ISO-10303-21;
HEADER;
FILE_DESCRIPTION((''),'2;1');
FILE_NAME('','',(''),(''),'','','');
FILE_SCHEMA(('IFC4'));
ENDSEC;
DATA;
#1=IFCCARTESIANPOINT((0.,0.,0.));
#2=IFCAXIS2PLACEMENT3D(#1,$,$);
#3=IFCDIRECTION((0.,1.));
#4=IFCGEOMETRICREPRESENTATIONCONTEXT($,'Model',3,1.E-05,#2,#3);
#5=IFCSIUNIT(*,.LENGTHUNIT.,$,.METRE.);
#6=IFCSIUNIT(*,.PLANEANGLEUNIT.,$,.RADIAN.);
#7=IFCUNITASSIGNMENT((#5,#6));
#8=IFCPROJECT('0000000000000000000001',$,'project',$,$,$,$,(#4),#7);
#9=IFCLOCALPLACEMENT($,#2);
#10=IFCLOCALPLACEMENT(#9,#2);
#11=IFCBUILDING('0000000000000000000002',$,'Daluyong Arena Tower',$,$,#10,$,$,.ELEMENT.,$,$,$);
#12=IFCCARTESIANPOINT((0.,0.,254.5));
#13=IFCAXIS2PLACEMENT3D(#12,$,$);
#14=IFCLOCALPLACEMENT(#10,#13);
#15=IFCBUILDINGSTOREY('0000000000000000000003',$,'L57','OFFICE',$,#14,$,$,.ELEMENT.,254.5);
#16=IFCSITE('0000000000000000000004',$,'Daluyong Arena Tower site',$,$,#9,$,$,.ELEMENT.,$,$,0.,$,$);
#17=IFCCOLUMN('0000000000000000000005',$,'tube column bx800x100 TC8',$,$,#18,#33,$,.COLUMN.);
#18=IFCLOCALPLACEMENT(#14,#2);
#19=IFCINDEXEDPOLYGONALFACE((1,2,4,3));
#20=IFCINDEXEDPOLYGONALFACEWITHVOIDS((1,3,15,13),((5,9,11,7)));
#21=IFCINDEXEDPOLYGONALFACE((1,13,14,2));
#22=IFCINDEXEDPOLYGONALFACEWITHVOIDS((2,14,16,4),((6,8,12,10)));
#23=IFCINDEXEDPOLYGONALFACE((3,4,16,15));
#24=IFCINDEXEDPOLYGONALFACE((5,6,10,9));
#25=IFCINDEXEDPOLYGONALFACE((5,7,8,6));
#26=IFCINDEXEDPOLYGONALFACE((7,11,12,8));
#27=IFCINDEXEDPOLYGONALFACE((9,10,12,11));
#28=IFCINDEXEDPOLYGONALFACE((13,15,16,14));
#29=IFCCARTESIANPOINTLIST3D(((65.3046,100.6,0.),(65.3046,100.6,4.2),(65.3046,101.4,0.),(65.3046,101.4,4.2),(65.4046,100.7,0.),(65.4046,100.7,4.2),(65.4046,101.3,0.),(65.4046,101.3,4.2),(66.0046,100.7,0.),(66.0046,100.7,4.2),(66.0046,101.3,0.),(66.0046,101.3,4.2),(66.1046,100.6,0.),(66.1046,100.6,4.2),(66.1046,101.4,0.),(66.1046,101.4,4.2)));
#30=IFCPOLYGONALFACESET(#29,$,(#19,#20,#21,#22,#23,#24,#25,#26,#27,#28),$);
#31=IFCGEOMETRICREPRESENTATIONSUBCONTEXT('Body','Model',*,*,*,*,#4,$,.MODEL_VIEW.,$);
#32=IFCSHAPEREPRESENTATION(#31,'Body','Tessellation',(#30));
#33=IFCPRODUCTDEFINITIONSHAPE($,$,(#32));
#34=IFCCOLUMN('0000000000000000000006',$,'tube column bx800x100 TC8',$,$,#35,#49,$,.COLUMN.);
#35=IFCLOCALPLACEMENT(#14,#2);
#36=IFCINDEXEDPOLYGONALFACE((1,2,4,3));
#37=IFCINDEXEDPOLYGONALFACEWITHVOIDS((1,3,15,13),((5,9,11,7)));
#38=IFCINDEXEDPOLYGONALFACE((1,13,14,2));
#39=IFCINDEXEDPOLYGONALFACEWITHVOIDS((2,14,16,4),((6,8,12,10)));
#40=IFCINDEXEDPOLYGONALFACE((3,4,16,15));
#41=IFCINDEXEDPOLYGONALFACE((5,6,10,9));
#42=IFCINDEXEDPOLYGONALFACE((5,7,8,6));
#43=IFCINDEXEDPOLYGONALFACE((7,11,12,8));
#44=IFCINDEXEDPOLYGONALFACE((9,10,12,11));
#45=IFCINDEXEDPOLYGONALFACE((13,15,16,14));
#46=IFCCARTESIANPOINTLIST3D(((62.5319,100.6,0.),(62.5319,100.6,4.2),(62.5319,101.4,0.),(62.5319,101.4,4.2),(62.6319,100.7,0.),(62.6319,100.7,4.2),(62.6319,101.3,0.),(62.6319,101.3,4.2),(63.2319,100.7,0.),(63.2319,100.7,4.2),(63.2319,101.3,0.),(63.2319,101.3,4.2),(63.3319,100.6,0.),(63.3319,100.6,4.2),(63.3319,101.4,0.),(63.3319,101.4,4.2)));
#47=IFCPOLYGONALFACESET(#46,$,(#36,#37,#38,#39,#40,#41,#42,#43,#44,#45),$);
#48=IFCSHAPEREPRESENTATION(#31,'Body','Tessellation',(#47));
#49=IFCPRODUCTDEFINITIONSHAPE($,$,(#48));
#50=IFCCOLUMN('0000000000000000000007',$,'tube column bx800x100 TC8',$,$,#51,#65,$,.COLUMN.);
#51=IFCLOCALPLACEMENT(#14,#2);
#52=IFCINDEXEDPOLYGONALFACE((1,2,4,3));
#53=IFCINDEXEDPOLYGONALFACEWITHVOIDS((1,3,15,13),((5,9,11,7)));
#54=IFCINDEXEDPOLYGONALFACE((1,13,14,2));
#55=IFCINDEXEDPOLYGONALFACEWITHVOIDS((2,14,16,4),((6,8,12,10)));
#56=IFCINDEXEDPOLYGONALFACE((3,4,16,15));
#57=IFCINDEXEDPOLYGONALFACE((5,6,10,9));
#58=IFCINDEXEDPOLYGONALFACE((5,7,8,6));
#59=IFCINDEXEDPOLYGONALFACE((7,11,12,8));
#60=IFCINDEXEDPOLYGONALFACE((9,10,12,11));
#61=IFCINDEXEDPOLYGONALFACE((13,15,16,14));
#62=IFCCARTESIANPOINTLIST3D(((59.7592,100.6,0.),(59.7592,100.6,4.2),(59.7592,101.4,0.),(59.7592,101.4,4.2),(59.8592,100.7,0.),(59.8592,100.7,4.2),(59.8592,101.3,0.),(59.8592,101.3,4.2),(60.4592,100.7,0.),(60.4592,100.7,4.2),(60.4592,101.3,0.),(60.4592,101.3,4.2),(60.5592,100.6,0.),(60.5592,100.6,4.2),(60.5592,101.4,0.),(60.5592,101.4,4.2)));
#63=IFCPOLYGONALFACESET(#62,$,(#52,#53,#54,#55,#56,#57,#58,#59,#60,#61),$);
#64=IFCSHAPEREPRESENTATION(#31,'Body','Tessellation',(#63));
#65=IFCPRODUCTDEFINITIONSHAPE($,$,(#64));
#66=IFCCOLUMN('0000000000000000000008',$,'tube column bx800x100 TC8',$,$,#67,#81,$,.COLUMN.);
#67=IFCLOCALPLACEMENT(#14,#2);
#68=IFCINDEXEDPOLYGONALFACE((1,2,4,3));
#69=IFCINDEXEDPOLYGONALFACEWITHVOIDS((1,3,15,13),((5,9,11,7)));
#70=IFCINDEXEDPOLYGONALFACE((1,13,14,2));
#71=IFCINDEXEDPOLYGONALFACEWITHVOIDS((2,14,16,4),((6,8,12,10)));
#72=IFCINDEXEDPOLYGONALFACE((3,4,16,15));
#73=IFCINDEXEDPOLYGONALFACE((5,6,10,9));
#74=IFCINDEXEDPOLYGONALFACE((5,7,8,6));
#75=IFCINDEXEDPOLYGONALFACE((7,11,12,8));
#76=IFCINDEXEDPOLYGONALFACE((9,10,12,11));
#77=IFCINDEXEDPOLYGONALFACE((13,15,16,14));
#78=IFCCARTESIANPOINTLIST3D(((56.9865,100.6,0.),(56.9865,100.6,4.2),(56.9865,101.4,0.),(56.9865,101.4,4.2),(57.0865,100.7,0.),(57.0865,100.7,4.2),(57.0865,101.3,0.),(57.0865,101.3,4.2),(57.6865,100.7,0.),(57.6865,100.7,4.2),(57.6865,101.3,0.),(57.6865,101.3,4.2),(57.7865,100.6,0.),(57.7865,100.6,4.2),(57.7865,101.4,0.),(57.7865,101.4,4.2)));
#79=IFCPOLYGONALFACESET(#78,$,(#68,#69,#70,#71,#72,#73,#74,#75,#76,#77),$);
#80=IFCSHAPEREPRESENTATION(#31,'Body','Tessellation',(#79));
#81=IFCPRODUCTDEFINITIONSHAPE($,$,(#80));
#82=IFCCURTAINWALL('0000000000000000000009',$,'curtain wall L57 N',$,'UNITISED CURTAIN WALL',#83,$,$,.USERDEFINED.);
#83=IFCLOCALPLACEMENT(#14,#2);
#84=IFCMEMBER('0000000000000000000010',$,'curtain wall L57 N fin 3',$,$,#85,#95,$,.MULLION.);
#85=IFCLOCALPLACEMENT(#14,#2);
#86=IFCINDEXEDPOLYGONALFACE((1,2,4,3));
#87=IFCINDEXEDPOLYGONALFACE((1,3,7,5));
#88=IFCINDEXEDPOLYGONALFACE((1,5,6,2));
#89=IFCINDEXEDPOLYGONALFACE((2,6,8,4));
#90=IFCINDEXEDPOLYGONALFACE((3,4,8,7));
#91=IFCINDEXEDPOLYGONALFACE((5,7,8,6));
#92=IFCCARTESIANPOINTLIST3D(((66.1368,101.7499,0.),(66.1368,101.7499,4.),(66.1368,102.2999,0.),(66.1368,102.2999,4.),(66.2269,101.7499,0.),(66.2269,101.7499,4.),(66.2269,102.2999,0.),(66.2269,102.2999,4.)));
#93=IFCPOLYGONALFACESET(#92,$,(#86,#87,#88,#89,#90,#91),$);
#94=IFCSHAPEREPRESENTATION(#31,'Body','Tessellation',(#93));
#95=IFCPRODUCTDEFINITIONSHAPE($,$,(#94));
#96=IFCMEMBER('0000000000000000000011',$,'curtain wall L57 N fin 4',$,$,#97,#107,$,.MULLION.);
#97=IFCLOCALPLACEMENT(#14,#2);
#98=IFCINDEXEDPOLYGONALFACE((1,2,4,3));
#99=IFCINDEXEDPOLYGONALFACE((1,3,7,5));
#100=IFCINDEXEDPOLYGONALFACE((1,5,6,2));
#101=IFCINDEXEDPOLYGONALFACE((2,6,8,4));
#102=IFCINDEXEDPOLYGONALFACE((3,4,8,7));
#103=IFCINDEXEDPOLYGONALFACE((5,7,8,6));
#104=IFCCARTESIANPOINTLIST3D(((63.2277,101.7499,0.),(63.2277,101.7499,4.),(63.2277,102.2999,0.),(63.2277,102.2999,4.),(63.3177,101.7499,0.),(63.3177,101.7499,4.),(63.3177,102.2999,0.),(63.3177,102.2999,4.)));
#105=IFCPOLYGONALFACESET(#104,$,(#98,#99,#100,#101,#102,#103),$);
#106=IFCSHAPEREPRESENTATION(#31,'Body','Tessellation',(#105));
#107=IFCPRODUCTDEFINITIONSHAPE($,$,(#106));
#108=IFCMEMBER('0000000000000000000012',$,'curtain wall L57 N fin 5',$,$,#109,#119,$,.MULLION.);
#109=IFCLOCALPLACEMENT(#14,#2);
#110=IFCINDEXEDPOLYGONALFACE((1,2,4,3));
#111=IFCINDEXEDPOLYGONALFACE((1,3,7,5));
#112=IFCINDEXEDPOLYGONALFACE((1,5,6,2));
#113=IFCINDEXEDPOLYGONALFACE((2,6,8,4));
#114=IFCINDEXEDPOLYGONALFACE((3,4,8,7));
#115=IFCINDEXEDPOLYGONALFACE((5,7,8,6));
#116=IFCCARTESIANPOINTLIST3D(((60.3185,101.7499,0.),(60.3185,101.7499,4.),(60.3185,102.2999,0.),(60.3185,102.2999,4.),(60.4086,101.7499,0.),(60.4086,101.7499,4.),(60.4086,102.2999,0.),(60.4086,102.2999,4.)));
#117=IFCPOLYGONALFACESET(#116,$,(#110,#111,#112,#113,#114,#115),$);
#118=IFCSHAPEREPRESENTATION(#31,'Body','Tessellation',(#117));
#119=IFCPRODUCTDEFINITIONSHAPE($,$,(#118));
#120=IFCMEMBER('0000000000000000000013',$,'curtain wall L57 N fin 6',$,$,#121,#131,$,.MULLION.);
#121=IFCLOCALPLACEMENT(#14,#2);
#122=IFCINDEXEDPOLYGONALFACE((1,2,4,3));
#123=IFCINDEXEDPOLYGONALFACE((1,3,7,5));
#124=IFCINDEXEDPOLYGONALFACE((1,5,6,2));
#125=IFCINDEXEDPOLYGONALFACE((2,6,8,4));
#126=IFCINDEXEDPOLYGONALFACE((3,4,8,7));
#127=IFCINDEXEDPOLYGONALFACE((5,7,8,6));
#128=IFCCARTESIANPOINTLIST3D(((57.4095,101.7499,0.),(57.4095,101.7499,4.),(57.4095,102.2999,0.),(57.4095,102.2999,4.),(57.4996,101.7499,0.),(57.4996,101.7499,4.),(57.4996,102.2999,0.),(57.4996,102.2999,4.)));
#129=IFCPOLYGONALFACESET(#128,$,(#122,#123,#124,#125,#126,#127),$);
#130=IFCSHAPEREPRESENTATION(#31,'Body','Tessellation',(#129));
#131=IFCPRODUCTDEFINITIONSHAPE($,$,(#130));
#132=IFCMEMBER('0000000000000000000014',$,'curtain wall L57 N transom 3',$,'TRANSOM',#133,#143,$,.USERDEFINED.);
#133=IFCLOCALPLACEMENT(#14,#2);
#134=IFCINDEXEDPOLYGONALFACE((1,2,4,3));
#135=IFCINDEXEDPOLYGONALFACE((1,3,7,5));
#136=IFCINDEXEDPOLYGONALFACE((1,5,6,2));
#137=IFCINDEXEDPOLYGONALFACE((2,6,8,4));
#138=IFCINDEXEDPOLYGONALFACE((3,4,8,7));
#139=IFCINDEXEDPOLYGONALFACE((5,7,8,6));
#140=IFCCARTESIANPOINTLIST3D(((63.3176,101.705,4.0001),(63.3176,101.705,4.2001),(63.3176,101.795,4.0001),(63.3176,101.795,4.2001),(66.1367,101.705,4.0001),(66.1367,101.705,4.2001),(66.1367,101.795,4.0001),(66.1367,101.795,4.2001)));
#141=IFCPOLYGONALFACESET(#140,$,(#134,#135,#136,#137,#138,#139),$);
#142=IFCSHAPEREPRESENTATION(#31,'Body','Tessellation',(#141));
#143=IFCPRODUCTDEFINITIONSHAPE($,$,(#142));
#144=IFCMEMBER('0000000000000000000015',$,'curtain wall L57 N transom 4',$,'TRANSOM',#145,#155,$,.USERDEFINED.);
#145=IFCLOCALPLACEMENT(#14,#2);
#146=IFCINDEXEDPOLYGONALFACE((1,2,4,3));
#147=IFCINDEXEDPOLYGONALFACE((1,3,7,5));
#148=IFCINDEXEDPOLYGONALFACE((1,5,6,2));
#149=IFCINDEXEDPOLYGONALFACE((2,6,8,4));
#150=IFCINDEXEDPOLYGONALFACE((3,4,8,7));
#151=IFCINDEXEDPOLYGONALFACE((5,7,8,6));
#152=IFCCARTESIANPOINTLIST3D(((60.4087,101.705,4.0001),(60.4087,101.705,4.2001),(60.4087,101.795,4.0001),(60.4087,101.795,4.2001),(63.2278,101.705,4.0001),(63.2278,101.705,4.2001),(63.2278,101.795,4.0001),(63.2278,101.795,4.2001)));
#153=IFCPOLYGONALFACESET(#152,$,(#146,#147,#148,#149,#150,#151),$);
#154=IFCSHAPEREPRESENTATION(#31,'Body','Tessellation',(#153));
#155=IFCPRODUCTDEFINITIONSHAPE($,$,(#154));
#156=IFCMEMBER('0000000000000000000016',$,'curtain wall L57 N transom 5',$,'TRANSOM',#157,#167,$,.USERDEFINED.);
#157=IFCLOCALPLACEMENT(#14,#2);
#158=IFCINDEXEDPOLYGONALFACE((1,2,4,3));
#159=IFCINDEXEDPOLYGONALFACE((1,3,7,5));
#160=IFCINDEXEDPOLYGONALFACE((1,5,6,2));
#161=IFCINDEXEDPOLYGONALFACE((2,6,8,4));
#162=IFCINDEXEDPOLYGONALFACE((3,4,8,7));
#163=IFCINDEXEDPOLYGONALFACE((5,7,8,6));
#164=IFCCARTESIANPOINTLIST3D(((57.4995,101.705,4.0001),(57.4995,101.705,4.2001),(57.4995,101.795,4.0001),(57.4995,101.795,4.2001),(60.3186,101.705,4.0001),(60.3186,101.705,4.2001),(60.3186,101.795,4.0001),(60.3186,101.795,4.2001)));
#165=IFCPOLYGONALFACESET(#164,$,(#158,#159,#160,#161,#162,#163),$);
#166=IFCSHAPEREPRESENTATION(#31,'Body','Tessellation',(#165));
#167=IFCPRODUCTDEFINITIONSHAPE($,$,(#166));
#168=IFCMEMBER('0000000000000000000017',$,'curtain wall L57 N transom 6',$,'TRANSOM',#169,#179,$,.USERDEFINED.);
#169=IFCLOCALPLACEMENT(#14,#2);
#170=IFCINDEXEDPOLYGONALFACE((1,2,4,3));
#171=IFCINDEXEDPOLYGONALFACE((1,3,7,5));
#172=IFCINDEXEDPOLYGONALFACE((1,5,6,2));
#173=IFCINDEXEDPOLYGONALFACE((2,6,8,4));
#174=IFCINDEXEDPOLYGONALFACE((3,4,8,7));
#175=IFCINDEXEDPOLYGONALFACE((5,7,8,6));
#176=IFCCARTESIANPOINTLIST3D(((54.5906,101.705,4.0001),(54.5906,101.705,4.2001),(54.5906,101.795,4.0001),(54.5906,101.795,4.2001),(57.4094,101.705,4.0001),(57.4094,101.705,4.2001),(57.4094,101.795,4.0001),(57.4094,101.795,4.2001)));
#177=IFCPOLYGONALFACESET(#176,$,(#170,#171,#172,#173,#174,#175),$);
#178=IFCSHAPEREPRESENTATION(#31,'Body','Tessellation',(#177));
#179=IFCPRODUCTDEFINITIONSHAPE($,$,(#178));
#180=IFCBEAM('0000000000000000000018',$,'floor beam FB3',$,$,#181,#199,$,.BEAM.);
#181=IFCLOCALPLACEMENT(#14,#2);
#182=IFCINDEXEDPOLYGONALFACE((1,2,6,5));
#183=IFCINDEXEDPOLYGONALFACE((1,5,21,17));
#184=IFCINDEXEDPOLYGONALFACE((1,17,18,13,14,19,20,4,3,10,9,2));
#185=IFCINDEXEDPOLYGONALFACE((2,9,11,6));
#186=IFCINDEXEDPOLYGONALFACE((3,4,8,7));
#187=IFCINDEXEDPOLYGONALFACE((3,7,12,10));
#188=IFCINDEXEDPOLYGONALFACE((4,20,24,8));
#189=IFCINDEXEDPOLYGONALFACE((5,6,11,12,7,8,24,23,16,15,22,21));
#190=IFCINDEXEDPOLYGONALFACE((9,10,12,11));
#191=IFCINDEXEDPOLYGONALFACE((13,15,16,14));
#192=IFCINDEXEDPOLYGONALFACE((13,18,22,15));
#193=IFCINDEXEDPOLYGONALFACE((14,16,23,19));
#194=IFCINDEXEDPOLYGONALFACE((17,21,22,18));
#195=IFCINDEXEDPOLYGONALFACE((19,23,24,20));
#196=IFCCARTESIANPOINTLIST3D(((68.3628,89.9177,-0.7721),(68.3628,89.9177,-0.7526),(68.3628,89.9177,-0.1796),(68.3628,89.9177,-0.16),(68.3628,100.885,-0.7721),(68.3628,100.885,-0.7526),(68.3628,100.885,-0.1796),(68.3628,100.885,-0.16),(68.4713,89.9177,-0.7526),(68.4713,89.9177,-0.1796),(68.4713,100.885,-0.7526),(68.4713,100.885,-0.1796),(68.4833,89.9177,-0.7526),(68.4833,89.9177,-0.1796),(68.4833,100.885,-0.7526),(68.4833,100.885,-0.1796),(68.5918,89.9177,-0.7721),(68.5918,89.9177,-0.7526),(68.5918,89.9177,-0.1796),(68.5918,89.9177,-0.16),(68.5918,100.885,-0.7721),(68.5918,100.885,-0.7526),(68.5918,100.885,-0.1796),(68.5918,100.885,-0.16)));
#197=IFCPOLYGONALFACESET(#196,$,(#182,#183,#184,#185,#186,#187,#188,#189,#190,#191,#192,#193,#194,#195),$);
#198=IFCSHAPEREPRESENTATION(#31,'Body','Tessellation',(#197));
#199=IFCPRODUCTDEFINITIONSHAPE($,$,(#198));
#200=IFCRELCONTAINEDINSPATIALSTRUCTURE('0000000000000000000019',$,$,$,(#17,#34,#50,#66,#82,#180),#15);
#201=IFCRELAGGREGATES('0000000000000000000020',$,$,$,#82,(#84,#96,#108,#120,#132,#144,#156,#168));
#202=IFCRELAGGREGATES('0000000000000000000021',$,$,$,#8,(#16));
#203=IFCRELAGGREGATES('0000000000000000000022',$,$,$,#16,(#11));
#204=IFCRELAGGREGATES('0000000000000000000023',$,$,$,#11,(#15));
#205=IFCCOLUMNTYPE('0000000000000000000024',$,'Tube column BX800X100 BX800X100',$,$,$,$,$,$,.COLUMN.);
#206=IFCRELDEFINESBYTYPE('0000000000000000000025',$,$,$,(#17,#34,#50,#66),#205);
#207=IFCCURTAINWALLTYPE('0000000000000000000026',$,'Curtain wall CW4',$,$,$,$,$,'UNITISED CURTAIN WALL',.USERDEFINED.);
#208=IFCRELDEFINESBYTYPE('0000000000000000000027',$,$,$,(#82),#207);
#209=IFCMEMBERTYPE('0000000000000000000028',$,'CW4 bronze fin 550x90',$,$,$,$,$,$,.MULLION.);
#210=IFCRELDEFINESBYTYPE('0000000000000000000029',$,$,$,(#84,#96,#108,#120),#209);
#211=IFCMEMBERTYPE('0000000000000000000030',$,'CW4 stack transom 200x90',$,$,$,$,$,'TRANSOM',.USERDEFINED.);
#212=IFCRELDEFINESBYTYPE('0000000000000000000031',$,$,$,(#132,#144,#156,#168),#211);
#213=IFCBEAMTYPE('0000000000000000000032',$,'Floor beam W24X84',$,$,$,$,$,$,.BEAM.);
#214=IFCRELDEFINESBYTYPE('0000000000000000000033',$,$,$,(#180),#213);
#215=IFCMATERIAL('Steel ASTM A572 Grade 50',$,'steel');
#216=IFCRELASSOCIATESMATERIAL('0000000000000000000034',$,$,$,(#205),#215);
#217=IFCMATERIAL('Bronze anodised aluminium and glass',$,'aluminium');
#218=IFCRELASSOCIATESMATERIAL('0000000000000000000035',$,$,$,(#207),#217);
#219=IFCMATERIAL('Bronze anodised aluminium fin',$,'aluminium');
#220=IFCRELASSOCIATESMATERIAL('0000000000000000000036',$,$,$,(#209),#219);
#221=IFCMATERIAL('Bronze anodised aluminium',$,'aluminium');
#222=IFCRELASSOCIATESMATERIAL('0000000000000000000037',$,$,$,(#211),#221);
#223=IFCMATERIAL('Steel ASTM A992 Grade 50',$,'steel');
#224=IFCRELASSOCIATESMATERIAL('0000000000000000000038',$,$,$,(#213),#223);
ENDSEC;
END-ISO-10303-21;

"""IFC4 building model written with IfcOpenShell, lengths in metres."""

from ifc_helpers import new_model, si_unit, direction, frame, origin, origin_2d, place, context, subcontext, project, spatial, rectangle, hollow_rectangle, i_section, extrude, material, material_profile, profile_set, type_object, element, aggregate, save


model = new_model("IFC4")

# Units and contexts
model_context = context("Model", 3, precision=1e-05, world=origin(), true_north=direction((0.0, 1.0)))
body_context = subcontext(model_context, "Body", "Model", "MODEL_VIEW")
ifc_project = project(units=[si_unit("LENGTHUNIT", "METRE"), si_unit("PLANEANGLEUNIT", "RADIAN")], contexts=[model_context])

# Site, building, storey
site_placement = place(None, origin())
site = spatial("IfcSite", under=ifc_project, at=site_placement, Name="Daluyong Arena Tower site", CompositionType="ELEMENT", RefElevation=0.0)
building_placement = place(site_placement, origin())
building = spatial("IfcBuilding", under=site, at=building_placement, Name="Daluyong Arena Tower", CompositionType="ELEMENT")
storey_placement = place(building_placement, frame((0.0, 0.0, 254.5)))
storey = spatial("IfcBuildingStorey", under=building, at=storey_placement, Name="L57", Description="OFFICE", CompositionType="ELEMENT", Elevation=254.5)

# Columns
ifc_material_1 = material(Name="Steel ASTM A572 Grade 50", Category="steel")
ifc_material_profile_1 = material_profile(ifc_material_1, hollow_rectangle(XDim=0.8, YDim=0.8, WallThickness=0.1, at=origin_2d()))
ifc_profile_set_1 = profile_set([ifc_material_profile_1], Name="Steel ASTM A572 Grade 50")
column_type = type_object("IfcColumnType", Name="Tube column BX800X100 BX800X100", PredefinedType="COLUMN", material=ifc_profile_set_1)
for number, where, z_axis, x_axis, name in (
    (1, (65.7046, 101.0, 0.0), (0.0, 0.0, 1.0), (1.0, 0.0, 0.0), "tube column bx800x100 TC8"),
    (2, (62.9319, 101.0, 0.0), (0.0, 0.0, 1.0), (1.0, 0.0, 0.0), "tube column bx800x100 TC8"),
    (3, (60.1592, 101.0, 0.0), (0.0, 0.0, 1.0), (1.0, 0.0, 0.0), "tube column bx800x100 TC8"),
    (4, (57.3865, 101.0, 0.0), (0.0, 0.0, 1.0), (1.0, 0.0, 0.0), "tube column bx800x100 TC8"),
):
    element("IfcColumn", number, at=place(storey_placement, frame(where, z_axis=z_axis, x_axis=x_axis)), inside=storey, type_object=column_type, Name=name, PredefinedType="COLUMN", context=body_context, shape_type="SweptSolid", body=[
        extrude(hollow_rectangle(XDim=0.8, YDim=0.8, WallThickness=0.1, at=origin_2d()), origin(), (0.0, 0.0, 1.0), 4.2),
    ])

# Curtain wall, members
ifc_material_2 = material(Name="Bronze anodised aluminium and glass", Category="aluminium")
curtain_wall_type = type_object("IfcCurtainWallType", Name="Curtain wall CW4", ElementType="UNITISED CURTAIN WALL", PredefinedType="USERDEFINED", material=ifc_material_2)
curtain_wall_placement = place(storey_placement, origin())
curtain_wall = element("IfcCurtainWall", 5, at=curtain_wall_placement, inside=storey, type_object=curtain_wall_type, Name="curtain wall L57 N", ObjectType="UNITISED CURTAIN WALL", PredefinedType="USERDEFINED")
ifc_material_3 = material(Name="Bronze anodised aluminium fin", Category="aluminium")
ifc_material_profile_2 = material_profile(ifc_material_3, rectangle(XDim=0.55, YDim=0.0901, at=origin_2d()))
ifc_profile_set_2 = profile_set([ifc_material_profile_2], Name="Bronze anodised aluminium fin")
member_type_1 = type_object("IfcMemberType", Name="CW4 bronze fin 550x90", PredefinedType="MULLION", material=ifc_profile_set_2)
member_1_placement = place(storey_placement, frame((66.1819, 102.0249, 0.0), z_axis=(0.0, 0.0, 1.0), x_axis=(0.0, -1.0, 0.0)))
member_1 = element("IfcMember", 6, at=member_1_placement, type_object=member_type_1, Name="curtain wall L57 N fin 3", PredefinedType="MULLION", context=body_context, shape_type="SweptSolid", body=[
    extrude(rectangle(XDim=0.55, YDim=0.0901, at=origin_2d()), origin(), (0.0, 0.0, 1.0), 4.0),
])
member_2_placement = place(storey_placement, frame((63.2727, 102.0249, 0.0), z_axis=(0.0, 0.0, 1.0), x_axis=(0.0, -1.0, 0.0)))
member_2 = element("IfcMember", 7, at=member_2_placement, type_object=member_type_1, Name="curtain wall L57 N fin 4", PredefinedType="MULLION", context=body_context, shape_type="SweptSolid", body=[
    extrude(rectangle(XDim=0.55, YDim=0.0901, at=origin_2d()), origin(), (0.0, 0.0, 1.0), 4.0),
])
member_3_placement = place(storey_placement, frame((60.3635, 102.0249, 0.0), z_axis=(0.0, 0.0, 1.0), x_axis=(0.0, -1.0, 0.0)))
member_3 = element("IfcMember", 8, at=member_3_placement, type_object=member_type_1, Name="curtain wall L57 N fin 5", PredefinedType="MULLION", context=body_context, shape_type="SweptSolid", body=[
    extrude(rectangle(XDim=0.55, YDim=0.0901, at=origin_2d()), origin(), (0.0, 0.0, 1.0), 4.0),
])
member_4_placement = place(storey_placement, frame((57.4546, 102.0249, 0.0), z_axis=(0.0, 0.0, 1.0), x_axis=(0.0, -1.0, 0.0)))
member_4 = element("IfcMember", 9, at=member_4_placement, type_object=member_type_1, Name="curtain wall L57 N fin 6", PredefinedType="MULLION", context=body_context, shape_type="SweptSolid", body=[
    extrude(rectangle(XDim=0.55, YDim=0.0901, at=origin_2d()), origin(), (0.0, 0.0, 1.0), 4.0),
])
ifc_material_4 = material(Name="Bronze anodised aluminium", Category="aluminium")
ifc_material_profile_3 = material_profile(ifc_material_4, rectangle(XDim=0.0901, YDim=0.2, at=origin_2d()))
ifc_profile_set_3 = profile_set([ifc_material_profile_3], Name="Bronze anodised aluminium")
member_type_2 = type_object("IfcMemberType", Name="CW4 stack transom 200x90", ElementType="TRANSOM", PredefinedType="USERDEFINED", material=ifc_profile_set_3)
member_5_placement = place(storey_placement, frame((66.1367, 101.75, 4.1001), z_axis=(-1.0, 0.0, 0.0), x_axis=(0.0, -1.0, 0.0)))
member_5 = element("IfcMember", 10, at=member_5_placement, type_object=member_type_2, Name="curtain wall L57 N transom 3", ObjectType="TRANSOM", PredefinedType="USERDEFINED", context=body_context, shape_type="SweptSolid", body=[
    extrude(rectangle(XDim=0.0901, YDim=0.2, at=origin_2d()), origin(), (0.0, 0.0, 1.0), 2.8191),
])
member_6_placement = place(storey_placement, frame((63.2278, 101.75, 4.1001), z_axis=(-1.0, 0.0, 0.0), x_axis=(0.0, -1.0, 0.0)))
member_6 = element("IfcMember", 11, at=member_6_placement, type_object=member_type_2, Name="curtain wall L57 N transom 4", ObjectType="TRANSOM", PredefinedType="USERDEFINED", context=body_context, shape_type="SweptSolid", body=[
    extrude(rectangle(XDim=0.0901, YDim=0.2, at=origin_2d()), origin(), (0.0, 0.0, 1.0), 2.8191),
])
member_7_placement = place(storey_placement, frame((60.3186, 101.75, 4.1001), z_axis=(-1.0, 0.0, 0.0), x_axis=(0.0, -1.0, 0.0)))
member_7 = element("IfcMember", 12, at=member_7_placement, type_object=member_type_2, Name="curtain wall L57 N transom 5", ObjectType="TRANSOM", PredefinedType="USERDEFINED", context=body_context, shape_type="SweptSolid", body=[
    extrude(rectangle(XDim=0.0901, YDim=0.2, at=origin_2d()), origin(), (0.0, 0.0, 1.0), 2.8191),
])
member_8_placement = place(storey_placement, frame((57.4094, 101.75, 4.1001), z_axis=(-1.0, 0.0, 0.0), x_axis=(0.0, -1.0, 0.0)))
member_8 = element("IfcMember", 13, at=member_8_placement, type_object=member_type_2, Name="curtain wall L57 N transom 6", ObjectType="TRANSOM", PredefinedType="USERDEFINED", context=body_context, shape_type="SweptSolid", body=[
    extrude(rectangle(XDim=0.0901, YDim=0.2, at=origin_2d()), origin(), (0.0, 0.0, 1.0), 2.8188),
])

# Beam
ifc_material_5 = material(Name="Steel ASTM A992 Grade 50", Category="steel")
ifc_material_profile_4 = material_profile(ifc_material_5, i_section(OverallWidth=0.229, OverallDepth=0.6121, WebThickness=0.012, FlangeThickness=0.0195, at=origin_2d()))
ifc_profile_set_4 = profile_set([ifc_material_profile_4], Name="Steel ASTM A992 Grade 50")
beam_type_1 = type_object("IfcBeamType", Name="Floor beam W24X84", PredefinedType="BEAM", material=ifc_profile_set_4)
beam_1_placement = place(storey_placement, frame((68.4773, 100.885, -0.4661), z_axis=(0.0, -1.0, 0.0), x_axis=(1.0, 0.0, 0.0)))
element("IfcBeam", 14, at=beam_1_placement, inside=storey, type_object=beam_type_1, Name="floor beam FB3", PredefinedType="BEAM", context=body_context, shape_type="SweptSolid", body=[
    extrude(i_section(OverallWidth=0.229, OverallDepth=0.6121, WebThickness=0.012, FlangeThickness=0.0195, at=origin_2d()), origin(), (0.0, 0.0, 1.0), 10.9673),
])

aggregate(curtain_wall, [member_1, member_2, member_3, member_4, member_5, member_6, member_7, member_8])

save(model, "model.ifc")
